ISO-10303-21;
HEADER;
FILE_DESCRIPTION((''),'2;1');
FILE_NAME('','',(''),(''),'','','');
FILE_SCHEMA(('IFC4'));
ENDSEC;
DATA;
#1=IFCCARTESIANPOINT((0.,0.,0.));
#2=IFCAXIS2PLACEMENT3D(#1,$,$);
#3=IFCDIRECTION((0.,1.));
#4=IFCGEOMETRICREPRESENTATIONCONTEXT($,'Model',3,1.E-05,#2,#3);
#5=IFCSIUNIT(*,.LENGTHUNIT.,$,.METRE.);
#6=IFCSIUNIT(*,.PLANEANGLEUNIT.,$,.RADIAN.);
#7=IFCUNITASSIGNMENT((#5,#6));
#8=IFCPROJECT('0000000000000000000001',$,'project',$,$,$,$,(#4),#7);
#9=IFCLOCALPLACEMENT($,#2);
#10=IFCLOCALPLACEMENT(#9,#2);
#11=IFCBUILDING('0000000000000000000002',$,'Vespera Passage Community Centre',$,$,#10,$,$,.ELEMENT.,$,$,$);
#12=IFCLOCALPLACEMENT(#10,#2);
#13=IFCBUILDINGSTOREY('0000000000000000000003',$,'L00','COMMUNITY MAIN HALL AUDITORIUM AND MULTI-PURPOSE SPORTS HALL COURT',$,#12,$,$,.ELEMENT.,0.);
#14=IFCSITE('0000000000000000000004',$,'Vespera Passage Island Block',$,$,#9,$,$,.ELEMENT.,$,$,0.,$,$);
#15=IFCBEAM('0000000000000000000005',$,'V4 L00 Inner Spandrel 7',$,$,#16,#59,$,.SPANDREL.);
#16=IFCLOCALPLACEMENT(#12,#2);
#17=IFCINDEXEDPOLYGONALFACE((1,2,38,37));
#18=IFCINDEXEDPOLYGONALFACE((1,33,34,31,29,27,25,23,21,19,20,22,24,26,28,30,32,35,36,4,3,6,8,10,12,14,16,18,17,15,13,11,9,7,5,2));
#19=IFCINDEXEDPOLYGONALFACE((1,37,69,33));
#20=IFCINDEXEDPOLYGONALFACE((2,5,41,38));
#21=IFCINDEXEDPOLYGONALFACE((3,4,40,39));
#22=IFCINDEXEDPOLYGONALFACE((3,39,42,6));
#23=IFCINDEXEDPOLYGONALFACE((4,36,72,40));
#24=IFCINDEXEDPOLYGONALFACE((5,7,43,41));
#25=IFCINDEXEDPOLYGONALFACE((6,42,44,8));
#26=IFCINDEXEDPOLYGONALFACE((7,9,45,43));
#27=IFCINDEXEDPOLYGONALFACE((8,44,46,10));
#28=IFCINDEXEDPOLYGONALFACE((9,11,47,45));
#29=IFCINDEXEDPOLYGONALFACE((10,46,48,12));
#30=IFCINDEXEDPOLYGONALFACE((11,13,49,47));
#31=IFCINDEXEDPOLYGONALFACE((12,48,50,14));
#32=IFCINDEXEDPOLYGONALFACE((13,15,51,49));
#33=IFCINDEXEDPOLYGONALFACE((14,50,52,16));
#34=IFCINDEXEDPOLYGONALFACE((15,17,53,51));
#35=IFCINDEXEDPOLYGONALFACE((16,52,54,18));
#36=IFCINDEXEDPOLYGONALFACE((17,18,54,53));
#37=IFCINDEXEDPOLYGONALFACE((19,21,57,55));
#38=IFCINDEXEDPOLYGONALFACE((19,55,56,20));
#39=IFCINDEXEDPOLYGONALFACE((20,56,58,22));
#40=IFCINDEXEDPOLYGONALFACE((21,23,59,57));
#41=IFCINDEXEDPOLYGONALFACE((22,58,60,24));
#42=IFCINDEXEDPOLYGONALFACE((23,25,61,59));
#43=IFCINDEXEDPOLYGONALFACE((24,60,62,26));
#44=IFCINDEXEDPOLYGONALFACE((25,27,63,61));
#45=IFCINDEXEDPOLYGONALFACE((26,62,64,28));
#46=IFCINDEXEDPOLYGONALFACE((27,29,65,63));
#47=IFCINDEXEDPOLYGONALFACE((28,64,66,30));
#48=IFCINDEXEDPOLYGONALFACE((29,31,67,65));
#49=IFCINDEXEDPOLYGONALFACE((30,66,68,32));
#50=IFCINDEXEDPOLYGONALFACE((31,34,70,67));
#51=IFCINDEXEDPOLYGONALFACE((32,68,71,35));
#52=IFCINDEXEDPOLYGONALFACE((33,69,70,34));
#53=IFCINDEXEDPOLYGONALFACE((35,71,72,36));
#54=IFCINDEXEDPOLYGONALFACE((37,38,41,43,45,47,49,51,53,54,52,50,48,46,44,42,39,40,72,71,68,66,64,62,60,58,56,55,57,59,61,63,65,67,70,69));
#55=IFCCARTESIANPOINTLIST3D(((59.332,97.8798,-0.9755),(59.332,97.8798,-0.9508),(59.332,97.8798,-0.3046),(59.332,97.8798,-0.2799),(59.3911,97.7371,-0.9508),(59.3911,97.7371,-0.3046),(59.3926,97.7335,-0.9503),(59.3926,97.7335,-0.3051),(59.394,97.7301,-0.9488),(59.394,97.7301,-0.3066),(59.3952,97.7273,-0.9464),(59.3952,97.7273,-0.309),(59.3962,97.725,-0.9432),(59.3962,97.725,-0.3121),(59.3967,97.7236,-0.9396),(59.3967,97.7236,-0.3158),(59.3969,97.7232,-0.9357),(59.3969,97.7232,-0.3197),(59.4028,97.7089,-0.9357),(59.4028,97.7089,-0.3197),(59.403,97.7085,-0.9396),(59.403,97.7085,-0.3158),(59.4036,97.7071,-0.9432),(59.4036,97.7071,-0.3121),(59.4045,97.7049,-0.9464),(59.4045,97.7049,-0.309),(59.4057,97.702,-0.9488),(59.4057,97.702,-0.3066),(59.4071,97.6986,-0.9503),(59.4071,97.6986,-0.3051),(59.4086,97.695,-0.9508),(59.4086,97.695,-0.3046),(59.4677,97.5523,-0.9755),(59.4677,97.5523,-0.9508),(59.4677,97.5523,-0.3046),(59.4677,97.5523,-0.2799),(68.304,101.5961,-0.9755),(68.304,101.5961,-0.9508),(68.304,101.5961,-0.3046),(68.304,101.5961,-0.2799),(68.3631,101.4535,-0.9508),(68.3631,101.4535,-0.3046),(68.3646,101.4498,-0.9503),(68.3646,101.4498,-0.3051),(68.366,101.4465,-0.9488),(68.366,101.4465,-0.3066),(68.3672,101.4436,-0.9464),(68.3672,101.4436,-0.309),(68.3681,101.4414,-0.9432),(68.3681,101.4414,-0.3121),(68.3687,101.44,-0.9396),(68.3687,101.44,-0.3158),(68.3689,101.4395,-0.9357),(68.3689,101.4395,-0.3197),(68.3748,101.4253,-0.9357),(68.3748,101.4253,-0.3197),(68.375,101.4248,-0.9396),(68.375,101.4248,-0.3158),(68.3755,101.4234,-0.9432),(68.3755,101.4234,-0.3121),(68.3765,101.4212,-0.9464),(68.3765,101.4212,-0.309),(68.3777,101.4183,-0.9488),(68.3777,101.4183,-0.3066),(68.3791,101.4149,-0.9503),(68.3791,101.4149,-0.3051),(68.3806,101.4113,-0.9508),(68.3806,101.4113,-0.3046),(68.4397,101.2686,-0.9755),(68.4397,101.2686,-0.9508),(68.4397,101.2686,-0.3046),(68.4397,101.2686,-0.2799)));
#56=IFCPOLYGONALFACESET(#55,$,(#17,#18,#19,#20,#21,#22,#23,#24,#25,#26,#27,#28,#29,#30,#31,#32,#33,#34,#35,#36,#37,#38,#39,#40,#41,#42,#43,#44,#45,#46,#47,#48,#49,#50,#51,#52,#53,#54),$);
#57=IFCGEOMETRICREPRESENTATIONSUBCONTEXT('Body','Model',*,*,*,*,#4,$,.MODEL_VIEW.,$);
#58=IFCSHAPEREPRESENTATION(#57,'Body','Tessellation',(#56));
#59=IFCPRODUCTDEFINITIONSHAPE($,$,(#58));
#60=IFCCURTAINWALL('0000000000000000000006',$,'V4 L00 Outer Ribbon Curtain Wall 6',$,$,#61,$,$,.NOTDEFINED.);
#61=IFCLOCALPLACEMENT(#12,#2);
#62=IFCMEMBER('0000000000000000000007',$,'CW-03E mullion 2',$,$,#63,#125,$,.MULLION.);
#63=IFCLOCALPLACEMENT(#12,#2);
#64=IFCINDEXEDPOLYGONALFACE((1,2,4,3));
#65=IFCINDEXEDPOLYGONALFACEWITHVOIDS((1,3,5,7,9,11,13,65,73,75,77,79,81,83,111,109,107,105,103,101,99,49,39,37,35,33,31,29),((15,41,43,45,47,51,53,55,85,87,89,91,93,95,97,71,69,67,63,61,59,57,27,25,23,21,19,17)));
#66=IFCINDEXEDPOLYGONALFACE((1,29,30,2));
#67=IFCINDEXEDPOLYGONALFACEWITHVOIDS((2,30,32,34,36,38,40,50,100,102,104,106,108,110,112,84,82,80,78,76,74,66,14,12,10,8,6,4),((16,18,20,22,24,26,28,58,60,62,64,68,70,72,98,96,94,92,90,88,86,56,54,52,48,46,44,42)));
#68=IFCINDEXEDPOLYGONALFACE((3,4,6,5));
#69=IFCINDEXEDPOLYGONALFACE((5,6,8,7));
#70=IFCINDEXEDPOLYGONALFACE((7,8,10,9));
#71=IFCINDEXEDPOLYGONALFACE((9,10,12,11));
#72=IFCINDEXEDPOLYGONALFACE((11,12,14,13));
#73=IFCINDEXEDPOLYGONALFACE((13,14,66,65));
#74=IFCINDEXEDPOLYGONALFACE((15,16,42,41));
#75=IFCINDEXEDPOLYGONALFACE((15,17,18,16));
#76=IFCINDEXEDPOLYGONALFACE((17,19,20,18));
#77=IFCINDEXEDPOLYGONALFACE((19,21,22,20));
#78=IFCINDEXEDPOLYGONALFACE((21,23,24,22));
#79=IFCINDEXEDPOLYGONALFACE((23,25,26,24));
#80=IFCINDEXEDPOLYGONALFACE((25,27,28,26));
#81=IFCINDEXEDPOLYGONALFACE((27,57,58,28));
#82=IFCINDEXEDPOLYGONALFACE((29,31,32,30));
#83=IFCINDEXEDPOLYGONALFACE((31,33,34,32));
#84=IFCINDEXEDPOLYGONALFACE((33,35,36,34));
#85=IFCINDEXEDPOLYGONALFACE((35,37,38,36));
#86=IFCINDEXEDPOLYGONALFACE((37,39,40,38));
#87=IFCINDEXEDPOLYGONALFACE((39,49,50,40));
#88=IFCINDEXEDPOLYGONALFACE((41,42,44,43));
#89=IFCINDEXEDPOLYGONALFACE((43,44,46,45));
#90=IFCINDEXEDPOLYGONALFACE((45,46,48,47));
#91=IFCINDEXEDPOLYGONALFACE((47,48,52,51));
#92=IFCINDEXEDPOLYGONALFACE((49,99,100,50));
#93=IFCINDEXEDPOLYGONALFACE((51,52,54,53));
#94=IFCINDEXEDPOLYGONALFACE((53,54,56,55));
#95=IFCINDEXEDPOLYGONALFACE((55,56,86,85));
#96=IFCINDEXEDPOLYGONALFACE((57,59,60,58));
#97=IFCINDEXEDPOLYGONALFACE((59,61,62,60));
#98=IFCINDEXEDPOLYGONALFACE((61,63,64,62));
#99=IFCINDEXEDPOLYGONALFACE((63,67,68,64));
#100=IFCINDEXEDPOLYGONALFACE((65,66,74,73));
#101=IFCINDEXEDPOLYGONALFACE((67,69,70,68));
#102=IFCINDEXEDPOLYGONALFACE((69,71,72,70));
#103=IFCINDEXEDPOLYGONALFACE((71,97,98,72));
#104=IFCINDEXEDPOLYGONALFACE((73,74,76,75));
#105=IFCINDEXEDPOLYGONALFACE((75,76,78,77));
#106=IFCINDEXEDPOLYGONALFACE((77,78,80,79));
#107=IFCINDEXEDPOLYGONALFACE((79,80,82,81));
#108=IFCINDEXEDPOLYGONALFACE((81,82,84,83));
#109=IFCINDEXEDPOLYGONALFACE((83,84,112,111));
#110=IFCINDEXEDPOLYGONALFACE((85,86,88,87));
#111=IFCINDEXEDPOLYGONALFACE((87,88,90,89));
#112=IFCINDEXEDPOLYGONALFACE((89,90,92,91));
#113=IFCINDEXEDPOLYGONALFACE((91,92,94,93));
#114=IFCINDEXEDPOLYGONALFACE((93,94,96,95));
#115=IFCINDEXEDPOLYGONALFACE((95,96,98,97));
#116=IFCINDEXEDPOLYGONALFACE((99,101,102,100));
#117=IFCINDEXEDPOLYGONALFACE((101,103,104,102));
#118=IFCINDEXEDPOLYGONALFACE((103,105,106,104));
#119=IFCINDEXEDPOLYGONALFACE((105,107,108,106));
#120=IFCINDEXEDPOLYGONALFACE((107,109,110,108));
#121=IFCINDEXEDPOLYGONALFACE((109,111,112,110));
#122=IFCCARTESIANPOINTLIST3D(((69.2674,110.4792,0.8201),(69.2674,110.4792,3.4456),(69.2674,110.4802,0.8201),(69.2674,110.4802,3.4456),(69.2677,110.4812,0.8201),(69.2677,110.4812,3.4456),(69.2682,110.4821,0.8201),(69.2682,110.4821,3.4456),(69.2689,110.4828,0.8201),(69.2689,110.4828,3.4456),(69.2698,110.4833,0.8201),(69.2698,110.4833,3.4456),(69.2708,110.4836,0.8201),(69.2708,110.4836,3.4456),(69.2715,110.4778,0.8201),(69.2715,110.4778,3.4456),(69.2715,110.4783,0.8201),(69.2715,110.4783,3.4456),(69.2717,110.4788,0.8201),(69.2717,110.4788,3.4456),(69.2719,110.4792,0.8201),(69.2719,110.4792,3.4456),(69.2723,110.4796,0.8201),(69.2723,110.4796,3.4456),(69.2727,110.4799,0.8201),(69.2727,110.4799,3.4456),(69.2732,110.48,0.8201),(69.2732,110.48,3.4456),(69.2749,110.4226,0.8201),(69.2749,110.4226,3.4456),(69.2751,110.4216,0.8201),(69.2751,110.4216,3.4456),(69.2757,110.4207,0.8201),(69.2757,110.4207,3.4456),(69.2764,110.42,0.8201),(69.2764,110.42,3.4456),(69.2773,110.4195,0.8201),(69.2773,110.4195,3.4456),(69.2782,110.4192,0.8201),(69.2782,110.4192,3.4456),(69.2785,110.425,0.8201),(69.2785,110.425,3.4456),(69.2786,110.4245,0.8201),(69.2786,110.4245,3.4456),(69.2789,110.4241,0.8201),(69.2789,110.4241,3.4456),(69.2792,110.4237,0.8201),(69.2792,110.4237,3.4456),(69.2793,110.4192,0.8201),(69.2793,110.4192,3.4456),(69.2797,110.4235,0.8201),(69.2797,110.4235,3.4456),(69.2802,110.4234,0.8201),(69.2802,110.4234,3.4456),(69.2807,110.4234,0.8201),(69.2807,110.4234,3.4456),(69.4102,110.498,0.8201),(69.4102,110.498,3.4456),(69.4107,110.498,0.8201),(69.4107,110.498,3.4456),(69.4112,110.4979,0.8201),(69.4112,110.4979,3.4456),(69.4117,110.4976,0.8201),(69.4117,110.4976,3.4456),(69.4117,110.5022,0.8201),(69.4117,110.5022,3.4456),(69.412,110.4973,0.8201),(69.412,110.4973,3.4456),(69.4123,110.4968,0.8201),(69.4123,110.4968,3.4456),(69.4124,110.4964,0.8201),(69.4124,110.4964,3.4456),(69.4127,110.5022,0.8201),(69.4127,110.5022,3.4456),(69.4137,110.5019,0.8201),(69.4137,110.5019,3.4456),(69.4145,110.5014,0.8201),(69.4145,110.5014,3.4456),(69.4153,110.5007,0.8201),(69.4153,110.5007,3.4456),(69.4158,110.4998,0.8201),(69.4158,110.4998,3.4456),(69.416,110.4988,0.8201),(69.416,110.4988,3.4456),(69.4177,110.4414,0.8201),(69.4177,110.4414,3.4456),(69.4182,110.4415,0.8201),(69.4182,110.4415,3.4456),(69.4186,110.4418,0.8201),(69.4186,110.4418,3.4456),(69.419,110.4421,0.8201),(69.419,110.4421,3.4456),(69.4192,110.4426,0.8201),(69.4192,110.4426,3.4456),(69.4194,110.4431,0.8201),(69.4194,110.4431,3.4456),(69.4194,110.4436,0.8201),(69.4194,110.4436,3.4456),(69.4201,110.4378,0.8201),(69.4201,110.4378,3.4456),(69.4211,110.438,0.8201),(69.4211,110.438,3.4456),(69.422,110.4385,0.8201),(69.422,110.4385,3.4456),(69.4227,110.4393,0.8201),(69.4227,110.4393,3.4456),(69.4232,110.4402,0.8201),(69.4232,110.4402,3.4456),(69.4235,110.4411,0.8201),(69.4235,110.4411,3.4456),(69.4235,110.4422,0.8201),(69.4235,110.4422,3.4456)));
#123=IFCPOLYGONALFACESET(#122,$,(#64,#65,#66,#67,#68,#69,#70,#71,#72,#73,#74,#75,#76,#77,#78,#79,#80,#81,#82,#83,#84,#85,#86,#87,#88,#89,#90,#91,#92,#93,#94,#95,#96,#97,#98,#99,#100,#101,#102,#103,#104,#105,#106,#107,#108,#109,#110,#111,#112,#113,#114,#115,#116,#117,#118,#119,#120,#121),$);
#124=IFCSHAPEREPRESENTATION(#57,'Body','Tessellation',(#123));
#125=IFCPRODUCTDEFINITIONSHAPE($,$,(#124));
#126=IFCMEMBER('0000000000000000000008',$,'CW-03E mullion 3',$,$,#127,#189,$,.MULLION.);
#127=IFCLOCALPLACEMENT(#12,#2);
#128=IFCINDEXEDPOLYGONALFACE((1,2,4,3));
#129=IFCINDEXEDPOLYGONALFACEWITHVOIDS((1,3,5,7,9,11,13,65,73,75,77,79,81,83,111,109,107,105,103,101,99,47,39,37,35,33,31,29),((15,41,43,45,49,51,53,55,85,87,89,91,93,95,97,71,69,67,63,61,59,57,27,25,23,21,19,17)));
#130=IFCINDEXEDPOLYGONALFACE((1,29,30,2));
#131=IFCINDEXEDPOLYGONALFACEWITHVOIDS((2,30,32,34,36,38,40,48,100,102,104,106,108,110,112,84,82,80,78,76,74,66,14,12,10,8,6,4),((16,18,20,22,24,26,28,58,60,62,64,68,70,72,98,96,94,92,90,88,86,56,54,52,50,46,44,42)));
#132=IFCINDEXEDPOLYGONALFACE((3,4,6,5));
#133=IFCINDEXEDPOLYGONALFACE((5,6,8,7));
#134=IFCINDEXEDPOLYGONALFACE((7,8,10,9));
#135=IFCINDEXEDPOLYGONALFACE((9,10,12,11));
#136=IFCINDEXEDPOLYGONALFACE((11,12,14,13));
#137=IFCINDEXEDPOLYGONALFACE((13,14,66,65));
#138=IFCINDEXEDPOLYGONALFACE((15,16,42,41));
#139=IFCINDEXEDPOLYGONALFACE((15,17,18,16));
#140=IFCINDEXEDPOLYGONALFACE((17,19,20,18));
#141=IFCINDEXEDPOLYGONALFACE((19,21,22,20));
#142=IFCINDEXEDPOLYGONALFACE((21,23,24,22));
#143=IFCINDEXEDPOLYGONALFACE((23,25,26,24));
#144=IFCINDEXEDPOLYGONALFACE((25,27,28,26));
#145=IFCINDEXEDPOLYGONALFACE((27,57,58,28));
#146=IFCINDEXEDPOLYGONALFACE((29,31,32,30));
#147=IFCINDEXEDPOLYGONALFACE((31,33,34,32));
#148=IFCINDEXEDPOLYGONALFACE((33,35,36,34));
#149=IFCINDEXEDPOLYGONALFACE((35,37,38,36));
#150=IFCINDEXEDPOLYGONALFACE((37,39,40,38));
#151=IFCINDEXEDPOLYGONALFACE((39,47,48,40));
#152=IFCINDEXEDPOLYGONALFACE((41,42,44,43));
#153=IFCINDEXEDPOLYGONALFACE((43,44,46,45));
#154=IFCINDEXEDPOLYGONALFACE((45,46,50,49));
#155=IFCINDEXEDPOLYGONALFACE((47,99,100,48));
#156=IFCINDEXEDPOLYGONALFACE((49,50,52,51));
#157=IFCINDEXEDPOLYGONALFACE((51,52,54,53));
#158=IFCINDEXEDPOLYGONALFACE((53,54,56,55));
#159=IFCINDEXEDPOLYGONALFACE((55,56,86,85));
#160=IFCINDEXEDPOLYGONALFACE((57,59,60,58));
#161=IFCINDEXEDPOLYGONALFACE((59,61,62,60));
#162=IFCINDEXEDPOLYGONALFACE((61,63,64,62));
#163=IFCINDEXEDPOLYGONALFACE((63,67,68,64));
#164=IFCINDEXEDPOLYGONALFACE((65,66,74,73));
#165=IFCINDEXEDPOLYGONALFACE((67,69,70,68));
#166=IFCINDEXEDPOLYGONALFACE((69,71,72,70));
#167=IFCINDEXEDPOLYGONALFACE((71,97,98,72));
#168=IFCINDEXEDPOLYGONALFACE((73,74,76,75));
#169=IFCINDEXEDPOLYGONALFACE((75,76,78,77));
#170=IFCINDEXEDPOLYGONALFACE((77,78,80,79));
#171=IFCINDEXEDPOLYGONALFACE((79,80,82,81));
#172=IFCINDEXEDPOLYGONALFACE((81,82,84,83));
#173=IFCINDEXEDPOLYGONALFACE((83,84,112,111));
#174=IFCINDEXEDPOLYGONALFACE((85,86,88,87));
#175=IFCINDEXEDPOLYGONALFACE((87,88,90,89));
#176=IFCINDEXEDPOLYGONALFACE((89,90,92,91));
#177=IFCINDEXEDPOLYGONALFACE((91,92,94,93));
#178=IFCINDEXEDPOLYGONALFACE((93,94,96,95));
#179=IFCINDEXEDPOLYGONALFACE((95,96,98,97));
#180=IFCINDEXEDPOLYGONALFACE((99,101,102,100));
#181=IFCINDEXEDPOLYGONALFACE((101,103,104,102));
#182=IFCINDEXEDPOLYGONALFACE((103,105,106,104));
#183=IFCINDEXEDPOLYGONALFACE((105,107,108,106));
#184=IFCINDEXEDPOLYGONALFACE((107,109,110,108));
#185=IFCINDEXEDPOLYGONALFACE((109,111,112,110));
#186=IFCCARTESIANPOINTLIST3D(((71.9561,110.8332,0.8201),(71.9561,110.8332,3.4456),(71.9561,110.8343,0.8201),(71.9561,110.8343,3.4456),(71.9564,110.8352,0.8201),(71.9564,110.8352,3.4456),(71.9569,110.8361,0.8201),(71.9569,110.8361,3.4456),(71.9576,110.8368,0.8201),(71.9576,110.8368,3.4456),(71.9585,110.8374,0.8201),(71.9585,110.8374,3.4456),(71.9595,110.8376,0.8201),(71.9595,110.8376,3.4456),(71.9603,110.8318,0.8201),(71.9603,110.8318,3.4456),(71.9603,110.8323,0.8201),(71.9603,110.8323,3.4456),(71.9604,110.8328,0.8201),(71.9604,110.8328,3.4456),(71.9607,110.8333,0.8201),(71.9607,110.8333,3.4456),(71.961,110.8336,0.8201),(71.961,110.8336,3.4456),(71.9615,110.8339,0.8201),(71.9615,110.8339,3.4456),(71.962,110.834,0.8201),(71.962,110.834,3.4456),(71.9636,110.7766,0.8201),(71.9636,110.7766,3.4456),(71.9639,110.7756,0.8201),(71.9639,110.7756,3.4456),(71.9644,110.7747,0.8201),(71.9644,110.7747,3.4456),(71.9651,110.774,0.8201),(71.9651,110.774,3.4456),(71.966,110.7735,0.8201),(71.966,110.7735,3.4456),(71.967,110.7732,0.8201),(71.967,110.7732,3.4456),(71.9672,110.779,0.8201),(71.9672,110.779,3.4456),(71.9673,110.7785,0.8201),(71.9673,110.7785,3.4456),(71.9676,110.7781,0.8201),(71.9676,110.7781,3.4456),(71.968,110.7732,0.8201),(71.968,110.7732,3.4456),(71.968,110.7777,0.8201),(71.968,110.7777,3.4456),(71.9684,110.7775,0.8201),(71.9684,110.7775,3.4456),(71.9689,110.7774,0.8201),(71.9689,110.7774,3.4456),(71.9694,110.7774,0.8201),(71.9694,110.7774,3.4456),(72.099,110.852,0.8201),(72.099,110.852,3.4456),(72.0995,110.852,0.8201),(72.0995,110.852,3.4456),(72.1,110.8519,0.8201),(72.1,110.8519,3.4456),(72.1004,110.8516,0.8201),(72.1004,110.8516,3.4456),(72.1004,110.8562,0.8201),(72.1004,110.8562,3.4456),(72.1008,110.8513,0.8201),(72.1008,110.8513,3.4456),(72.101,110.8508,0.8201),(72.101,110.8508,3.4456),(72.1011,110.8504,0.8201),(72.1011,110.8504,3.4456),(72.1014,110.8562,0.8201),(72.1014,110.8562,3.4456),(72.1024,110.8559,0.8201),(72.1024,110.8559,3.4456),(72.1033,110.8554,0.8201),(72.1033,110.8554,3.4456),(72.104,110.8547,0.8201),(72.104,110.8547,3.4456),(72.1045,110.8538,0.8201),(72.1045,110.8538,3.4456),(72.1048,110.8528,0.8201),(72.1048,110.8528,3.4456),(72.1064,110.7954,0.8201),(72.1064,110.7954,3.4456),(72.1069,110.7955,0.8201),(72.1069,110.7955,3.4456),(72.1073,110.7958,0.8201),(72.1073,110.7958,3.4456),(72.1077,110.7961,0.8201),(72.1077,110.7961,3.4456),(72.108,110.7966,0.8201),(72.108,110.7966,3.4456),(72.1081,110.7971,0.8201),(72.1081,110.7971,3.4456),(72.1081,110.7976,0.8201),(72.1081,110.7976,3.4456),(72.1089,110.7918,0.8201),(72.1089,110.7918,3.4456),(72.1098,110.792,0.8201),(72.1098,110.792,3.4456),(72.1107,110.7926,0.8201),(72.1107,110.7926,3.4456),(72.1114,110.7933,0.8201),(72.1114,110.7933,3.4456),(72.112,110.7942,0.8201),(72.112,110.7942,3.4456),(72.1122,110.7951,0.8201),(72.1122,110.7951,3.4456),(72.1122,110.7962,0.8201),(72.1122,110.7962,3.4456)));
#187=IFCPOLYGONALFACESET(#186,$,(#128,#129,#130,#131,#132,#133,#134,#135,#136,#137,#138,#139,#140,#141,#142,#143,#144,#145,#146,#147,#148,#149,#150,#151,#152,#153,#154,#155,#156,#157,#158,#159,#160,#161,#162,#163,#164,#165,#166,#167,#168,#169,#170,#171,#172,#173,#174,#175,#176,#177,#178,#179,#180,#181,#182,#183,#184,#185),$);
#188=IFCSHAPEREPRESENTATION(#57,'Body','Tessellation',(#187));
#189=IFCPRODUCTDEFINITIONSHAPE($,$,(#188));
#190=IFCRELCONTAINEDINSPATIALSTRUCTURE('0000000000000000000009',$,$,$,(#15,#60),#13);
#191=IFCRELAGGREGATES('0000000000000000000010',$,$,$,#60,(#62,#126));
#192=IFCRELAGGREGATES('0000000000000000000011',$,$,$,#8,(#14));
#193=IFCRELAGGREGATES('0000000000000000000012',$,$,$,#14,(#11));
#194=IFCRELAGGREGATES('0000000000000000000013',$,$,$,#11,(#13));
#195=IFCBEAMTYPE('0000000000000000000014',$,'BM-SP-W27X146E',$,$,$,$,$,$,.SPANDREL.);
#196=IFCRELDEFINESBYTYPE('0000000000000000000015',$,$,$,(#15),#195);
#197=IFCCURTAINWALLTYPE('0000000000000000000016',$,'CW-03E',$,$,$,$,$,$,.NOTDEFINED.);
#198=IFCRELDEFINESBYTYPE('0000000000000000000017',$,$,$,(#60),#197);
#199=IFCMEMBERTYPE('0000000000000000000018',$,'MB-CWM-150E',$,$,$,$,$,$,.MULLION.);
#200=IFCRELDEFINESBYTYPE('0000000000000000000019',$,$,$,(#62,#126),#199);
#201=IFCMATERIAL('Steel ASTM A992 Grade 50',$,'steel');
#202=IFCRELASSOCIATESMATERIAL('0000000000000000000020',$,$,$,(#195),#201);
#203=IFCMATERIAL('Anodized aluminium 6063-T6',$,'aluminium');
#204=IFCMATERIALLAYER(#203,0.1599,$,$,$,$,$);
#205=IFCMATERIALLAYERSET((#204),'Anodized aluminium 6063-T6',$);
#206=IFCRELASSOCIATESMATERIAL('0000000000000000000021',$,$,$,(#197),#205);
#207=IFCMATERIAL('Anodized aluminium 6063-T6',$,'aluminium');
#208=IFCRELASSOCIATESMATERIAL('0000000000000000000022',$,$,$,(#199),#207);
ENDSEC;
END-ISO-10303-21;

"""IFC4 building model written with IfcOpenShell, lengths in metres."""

from ifc_helpers import new_model, si_unit, direction, frame, origin, origin_2d, place, context, subcontext, project, spatial, hollow_rectangle, i_section, extrude, material, layer, layer_set, material_profile, profile_set, type_object, element, aggregate, save


model = new_model("IFC4")

# Units and contexts
model_context = context("Model", 3, precision=1e-05, world=origin(), true_north=direction((0.0, 1.0)))
body_context = subcontext(model_context, "Body", "Model", "MODEL_VIEW")
ifc_project = project(units=[si_unit("LENGTHUNIT", "METRE"), si_unit("PLANEANGLEUNIT", "RADIAN")], contexts=[model_context])

# Site, building, storey
site_placement = place(None, origin())
site = spatial("IfcSite", under=ifc_project, at=site_placement, Name="Vespera Passage Island Block", CompositionType="ELEMENT", RefElevation=0.0)
building_placement = place(site_placement, origin())
building = spatial("IfcBuilding", under=site, at=building_placement, Name="Vespera Passage Community Centre", CompositionType="ELEMENT")
storey_placement = place(building_placement, origin())
storey = spatial("IfcBuildingStorey", under=building, at=storey_placement, Name="L00", Description="COMMUNITY MAIN HALL AUDITORIUM AND MULTI-PURPOSE SPORTS HALL COURT", CompositionType="ELEMENT", Elevation=0.0)

# Beam
ifc_material_1 = material(Name="Steel ASTM A992 Grade 50", Category="steel")
ifc_material_profile_1 = material_profile(ifc_material_1, i_section(OverallWidth=0.3545, OverallDepth=0.6956, WebThickness=0.0154, FlangeThickness=0.0247, FilletRadius=0.0151, at=origin_2d()), Name="W27X146")
ifc_profile_set_1 = profile_set([ifc_material_profile_1], Name="Steel ASTM A992 Grade 50")
beam_type_1 = type_object("IfcBeamType", Name="BM-SP-W27X146E", PredefinedType="SPANDREL", material=ifc_profile_set_1)
beam_1_placement = place(storey_placement, frame((68.3718, 101.4324, -0.6277), z_axis=(-0.923879, -0.382685, 0.0), x_axis=(0.382685, -0.923879, 0.0)))
element("IfcBeam", 1, at=beam_1_placement, inside=storey, type_object=beam_type_1, Name="V4 L00 Inner Spandrel 7", PredefinedType="SPANDREL", context=body_context, shape_type="SweptSolid", body=[
    extrude(i_section(OverallWidth=0.3545, OverallDepth=0.6956, WebThickness=0.0154, FlangeThickness=0.0247, FilletRadius=0.0151, at=origin_2d()), origin(), (0.0, 0.0, 1.0), 9.7112),
])

# Curtain wall, members
ifc_material_2 = material(Name="Anodized aluminium 6063-T6", Category="aluminium")
ifc_layer_1 = layer(ifc_material_2, 0.1599)
ifc_layer_set_1 = layer_set([ifc_layer_1], Name="Anodized aluminium 6063-T6")
curtain_wall_type_1 = type_object("IfcCurtainWallType", Name="CW-03E", PredefinedType="NOTDEFINED", material=ifc_layer_set_1)
curtain_wall_1_placement = place(storey_placement, origin())
curtain_wall_1 = element("IfcCurtainWall", 2, at=curtain_wall_1_placement, inside=storey, type_object=curtain_wall_type_1, Name="V4 L00 Outer Ribbon Curtain Wall 6", PredefinedType="NOTDEFINED")
ifc_material_3 = material(Name="Anodized aluminium 6063-T6", Category="aluminium")
ifc_material_profile_2 = material_profile(ifc_material_3, hollow_rectangle(XDim=0.0649, YDim=0.1499, WallThickness=0.0039, InnerFilletRadius=0.002, OuterFilletRadius=0.0039, at=origin_2d()), Name="ALU150X65X4")
ifc_profile_set_2 = profile_set([ifc_material_profile_2], Name="Anodized aluminium 6063-T6")
member_type_1 = type_object("IfcMemberType", Name="MB-CWM-150E", PredefinedType="MULLION", material=ifc_profile_set_2)
member_1_placement = place(storey_placement, frame((69.3455, 110.4607, 0.8201), z_axis=(0.0, 0.0, 1.0), x_axis=(-0.130531, 0.991444, 0.0)))
member_1 = element("IfcMember", 3, at=member_1_placement, type_object=member_type_1, Name="CW-03E mullion 2", PredefinedType="MULLION", context=body_context, shape_type="SweptSolid", body=[
    extrude(hollow_rectangle(XDim=0.0649, YDim=0.1499, WallThickness=0.0039, InnerFilletRadius=0.002, OuterFilletRadius=0.0039, at=origin_2d()), origin(), (0.0, 0.0, 1.0), 2.6255),
])
member_2_placement = place(storey_placement, frame((72.0342, 110.8147, 0.8201), z_axis=(0.0, 0.0, 1.0), x_axis=(-0.130531, 0.991444, 0.0)))
member_2 = element("IfcMember", 4, at=member_2_placement, type_object=member_type_1, Name="CW-03E mullion 3", PredefinedType="MULLION", context=body_context, shape_type="SweptSolid", body=[
    extrude(hollow_rectangle(XDim=0.0649, YDim=0.1499, WallThickness=0.0039, InnerFilletRadius=0.002, OuterFilletRadius=0.0039, at=origin_2d()), origin(), (0.0, 0.0, 1.0), 2.6255),
])

aggregate(curtain_wall_1, [member_1, member_2])

save(model, "model.ifc")
